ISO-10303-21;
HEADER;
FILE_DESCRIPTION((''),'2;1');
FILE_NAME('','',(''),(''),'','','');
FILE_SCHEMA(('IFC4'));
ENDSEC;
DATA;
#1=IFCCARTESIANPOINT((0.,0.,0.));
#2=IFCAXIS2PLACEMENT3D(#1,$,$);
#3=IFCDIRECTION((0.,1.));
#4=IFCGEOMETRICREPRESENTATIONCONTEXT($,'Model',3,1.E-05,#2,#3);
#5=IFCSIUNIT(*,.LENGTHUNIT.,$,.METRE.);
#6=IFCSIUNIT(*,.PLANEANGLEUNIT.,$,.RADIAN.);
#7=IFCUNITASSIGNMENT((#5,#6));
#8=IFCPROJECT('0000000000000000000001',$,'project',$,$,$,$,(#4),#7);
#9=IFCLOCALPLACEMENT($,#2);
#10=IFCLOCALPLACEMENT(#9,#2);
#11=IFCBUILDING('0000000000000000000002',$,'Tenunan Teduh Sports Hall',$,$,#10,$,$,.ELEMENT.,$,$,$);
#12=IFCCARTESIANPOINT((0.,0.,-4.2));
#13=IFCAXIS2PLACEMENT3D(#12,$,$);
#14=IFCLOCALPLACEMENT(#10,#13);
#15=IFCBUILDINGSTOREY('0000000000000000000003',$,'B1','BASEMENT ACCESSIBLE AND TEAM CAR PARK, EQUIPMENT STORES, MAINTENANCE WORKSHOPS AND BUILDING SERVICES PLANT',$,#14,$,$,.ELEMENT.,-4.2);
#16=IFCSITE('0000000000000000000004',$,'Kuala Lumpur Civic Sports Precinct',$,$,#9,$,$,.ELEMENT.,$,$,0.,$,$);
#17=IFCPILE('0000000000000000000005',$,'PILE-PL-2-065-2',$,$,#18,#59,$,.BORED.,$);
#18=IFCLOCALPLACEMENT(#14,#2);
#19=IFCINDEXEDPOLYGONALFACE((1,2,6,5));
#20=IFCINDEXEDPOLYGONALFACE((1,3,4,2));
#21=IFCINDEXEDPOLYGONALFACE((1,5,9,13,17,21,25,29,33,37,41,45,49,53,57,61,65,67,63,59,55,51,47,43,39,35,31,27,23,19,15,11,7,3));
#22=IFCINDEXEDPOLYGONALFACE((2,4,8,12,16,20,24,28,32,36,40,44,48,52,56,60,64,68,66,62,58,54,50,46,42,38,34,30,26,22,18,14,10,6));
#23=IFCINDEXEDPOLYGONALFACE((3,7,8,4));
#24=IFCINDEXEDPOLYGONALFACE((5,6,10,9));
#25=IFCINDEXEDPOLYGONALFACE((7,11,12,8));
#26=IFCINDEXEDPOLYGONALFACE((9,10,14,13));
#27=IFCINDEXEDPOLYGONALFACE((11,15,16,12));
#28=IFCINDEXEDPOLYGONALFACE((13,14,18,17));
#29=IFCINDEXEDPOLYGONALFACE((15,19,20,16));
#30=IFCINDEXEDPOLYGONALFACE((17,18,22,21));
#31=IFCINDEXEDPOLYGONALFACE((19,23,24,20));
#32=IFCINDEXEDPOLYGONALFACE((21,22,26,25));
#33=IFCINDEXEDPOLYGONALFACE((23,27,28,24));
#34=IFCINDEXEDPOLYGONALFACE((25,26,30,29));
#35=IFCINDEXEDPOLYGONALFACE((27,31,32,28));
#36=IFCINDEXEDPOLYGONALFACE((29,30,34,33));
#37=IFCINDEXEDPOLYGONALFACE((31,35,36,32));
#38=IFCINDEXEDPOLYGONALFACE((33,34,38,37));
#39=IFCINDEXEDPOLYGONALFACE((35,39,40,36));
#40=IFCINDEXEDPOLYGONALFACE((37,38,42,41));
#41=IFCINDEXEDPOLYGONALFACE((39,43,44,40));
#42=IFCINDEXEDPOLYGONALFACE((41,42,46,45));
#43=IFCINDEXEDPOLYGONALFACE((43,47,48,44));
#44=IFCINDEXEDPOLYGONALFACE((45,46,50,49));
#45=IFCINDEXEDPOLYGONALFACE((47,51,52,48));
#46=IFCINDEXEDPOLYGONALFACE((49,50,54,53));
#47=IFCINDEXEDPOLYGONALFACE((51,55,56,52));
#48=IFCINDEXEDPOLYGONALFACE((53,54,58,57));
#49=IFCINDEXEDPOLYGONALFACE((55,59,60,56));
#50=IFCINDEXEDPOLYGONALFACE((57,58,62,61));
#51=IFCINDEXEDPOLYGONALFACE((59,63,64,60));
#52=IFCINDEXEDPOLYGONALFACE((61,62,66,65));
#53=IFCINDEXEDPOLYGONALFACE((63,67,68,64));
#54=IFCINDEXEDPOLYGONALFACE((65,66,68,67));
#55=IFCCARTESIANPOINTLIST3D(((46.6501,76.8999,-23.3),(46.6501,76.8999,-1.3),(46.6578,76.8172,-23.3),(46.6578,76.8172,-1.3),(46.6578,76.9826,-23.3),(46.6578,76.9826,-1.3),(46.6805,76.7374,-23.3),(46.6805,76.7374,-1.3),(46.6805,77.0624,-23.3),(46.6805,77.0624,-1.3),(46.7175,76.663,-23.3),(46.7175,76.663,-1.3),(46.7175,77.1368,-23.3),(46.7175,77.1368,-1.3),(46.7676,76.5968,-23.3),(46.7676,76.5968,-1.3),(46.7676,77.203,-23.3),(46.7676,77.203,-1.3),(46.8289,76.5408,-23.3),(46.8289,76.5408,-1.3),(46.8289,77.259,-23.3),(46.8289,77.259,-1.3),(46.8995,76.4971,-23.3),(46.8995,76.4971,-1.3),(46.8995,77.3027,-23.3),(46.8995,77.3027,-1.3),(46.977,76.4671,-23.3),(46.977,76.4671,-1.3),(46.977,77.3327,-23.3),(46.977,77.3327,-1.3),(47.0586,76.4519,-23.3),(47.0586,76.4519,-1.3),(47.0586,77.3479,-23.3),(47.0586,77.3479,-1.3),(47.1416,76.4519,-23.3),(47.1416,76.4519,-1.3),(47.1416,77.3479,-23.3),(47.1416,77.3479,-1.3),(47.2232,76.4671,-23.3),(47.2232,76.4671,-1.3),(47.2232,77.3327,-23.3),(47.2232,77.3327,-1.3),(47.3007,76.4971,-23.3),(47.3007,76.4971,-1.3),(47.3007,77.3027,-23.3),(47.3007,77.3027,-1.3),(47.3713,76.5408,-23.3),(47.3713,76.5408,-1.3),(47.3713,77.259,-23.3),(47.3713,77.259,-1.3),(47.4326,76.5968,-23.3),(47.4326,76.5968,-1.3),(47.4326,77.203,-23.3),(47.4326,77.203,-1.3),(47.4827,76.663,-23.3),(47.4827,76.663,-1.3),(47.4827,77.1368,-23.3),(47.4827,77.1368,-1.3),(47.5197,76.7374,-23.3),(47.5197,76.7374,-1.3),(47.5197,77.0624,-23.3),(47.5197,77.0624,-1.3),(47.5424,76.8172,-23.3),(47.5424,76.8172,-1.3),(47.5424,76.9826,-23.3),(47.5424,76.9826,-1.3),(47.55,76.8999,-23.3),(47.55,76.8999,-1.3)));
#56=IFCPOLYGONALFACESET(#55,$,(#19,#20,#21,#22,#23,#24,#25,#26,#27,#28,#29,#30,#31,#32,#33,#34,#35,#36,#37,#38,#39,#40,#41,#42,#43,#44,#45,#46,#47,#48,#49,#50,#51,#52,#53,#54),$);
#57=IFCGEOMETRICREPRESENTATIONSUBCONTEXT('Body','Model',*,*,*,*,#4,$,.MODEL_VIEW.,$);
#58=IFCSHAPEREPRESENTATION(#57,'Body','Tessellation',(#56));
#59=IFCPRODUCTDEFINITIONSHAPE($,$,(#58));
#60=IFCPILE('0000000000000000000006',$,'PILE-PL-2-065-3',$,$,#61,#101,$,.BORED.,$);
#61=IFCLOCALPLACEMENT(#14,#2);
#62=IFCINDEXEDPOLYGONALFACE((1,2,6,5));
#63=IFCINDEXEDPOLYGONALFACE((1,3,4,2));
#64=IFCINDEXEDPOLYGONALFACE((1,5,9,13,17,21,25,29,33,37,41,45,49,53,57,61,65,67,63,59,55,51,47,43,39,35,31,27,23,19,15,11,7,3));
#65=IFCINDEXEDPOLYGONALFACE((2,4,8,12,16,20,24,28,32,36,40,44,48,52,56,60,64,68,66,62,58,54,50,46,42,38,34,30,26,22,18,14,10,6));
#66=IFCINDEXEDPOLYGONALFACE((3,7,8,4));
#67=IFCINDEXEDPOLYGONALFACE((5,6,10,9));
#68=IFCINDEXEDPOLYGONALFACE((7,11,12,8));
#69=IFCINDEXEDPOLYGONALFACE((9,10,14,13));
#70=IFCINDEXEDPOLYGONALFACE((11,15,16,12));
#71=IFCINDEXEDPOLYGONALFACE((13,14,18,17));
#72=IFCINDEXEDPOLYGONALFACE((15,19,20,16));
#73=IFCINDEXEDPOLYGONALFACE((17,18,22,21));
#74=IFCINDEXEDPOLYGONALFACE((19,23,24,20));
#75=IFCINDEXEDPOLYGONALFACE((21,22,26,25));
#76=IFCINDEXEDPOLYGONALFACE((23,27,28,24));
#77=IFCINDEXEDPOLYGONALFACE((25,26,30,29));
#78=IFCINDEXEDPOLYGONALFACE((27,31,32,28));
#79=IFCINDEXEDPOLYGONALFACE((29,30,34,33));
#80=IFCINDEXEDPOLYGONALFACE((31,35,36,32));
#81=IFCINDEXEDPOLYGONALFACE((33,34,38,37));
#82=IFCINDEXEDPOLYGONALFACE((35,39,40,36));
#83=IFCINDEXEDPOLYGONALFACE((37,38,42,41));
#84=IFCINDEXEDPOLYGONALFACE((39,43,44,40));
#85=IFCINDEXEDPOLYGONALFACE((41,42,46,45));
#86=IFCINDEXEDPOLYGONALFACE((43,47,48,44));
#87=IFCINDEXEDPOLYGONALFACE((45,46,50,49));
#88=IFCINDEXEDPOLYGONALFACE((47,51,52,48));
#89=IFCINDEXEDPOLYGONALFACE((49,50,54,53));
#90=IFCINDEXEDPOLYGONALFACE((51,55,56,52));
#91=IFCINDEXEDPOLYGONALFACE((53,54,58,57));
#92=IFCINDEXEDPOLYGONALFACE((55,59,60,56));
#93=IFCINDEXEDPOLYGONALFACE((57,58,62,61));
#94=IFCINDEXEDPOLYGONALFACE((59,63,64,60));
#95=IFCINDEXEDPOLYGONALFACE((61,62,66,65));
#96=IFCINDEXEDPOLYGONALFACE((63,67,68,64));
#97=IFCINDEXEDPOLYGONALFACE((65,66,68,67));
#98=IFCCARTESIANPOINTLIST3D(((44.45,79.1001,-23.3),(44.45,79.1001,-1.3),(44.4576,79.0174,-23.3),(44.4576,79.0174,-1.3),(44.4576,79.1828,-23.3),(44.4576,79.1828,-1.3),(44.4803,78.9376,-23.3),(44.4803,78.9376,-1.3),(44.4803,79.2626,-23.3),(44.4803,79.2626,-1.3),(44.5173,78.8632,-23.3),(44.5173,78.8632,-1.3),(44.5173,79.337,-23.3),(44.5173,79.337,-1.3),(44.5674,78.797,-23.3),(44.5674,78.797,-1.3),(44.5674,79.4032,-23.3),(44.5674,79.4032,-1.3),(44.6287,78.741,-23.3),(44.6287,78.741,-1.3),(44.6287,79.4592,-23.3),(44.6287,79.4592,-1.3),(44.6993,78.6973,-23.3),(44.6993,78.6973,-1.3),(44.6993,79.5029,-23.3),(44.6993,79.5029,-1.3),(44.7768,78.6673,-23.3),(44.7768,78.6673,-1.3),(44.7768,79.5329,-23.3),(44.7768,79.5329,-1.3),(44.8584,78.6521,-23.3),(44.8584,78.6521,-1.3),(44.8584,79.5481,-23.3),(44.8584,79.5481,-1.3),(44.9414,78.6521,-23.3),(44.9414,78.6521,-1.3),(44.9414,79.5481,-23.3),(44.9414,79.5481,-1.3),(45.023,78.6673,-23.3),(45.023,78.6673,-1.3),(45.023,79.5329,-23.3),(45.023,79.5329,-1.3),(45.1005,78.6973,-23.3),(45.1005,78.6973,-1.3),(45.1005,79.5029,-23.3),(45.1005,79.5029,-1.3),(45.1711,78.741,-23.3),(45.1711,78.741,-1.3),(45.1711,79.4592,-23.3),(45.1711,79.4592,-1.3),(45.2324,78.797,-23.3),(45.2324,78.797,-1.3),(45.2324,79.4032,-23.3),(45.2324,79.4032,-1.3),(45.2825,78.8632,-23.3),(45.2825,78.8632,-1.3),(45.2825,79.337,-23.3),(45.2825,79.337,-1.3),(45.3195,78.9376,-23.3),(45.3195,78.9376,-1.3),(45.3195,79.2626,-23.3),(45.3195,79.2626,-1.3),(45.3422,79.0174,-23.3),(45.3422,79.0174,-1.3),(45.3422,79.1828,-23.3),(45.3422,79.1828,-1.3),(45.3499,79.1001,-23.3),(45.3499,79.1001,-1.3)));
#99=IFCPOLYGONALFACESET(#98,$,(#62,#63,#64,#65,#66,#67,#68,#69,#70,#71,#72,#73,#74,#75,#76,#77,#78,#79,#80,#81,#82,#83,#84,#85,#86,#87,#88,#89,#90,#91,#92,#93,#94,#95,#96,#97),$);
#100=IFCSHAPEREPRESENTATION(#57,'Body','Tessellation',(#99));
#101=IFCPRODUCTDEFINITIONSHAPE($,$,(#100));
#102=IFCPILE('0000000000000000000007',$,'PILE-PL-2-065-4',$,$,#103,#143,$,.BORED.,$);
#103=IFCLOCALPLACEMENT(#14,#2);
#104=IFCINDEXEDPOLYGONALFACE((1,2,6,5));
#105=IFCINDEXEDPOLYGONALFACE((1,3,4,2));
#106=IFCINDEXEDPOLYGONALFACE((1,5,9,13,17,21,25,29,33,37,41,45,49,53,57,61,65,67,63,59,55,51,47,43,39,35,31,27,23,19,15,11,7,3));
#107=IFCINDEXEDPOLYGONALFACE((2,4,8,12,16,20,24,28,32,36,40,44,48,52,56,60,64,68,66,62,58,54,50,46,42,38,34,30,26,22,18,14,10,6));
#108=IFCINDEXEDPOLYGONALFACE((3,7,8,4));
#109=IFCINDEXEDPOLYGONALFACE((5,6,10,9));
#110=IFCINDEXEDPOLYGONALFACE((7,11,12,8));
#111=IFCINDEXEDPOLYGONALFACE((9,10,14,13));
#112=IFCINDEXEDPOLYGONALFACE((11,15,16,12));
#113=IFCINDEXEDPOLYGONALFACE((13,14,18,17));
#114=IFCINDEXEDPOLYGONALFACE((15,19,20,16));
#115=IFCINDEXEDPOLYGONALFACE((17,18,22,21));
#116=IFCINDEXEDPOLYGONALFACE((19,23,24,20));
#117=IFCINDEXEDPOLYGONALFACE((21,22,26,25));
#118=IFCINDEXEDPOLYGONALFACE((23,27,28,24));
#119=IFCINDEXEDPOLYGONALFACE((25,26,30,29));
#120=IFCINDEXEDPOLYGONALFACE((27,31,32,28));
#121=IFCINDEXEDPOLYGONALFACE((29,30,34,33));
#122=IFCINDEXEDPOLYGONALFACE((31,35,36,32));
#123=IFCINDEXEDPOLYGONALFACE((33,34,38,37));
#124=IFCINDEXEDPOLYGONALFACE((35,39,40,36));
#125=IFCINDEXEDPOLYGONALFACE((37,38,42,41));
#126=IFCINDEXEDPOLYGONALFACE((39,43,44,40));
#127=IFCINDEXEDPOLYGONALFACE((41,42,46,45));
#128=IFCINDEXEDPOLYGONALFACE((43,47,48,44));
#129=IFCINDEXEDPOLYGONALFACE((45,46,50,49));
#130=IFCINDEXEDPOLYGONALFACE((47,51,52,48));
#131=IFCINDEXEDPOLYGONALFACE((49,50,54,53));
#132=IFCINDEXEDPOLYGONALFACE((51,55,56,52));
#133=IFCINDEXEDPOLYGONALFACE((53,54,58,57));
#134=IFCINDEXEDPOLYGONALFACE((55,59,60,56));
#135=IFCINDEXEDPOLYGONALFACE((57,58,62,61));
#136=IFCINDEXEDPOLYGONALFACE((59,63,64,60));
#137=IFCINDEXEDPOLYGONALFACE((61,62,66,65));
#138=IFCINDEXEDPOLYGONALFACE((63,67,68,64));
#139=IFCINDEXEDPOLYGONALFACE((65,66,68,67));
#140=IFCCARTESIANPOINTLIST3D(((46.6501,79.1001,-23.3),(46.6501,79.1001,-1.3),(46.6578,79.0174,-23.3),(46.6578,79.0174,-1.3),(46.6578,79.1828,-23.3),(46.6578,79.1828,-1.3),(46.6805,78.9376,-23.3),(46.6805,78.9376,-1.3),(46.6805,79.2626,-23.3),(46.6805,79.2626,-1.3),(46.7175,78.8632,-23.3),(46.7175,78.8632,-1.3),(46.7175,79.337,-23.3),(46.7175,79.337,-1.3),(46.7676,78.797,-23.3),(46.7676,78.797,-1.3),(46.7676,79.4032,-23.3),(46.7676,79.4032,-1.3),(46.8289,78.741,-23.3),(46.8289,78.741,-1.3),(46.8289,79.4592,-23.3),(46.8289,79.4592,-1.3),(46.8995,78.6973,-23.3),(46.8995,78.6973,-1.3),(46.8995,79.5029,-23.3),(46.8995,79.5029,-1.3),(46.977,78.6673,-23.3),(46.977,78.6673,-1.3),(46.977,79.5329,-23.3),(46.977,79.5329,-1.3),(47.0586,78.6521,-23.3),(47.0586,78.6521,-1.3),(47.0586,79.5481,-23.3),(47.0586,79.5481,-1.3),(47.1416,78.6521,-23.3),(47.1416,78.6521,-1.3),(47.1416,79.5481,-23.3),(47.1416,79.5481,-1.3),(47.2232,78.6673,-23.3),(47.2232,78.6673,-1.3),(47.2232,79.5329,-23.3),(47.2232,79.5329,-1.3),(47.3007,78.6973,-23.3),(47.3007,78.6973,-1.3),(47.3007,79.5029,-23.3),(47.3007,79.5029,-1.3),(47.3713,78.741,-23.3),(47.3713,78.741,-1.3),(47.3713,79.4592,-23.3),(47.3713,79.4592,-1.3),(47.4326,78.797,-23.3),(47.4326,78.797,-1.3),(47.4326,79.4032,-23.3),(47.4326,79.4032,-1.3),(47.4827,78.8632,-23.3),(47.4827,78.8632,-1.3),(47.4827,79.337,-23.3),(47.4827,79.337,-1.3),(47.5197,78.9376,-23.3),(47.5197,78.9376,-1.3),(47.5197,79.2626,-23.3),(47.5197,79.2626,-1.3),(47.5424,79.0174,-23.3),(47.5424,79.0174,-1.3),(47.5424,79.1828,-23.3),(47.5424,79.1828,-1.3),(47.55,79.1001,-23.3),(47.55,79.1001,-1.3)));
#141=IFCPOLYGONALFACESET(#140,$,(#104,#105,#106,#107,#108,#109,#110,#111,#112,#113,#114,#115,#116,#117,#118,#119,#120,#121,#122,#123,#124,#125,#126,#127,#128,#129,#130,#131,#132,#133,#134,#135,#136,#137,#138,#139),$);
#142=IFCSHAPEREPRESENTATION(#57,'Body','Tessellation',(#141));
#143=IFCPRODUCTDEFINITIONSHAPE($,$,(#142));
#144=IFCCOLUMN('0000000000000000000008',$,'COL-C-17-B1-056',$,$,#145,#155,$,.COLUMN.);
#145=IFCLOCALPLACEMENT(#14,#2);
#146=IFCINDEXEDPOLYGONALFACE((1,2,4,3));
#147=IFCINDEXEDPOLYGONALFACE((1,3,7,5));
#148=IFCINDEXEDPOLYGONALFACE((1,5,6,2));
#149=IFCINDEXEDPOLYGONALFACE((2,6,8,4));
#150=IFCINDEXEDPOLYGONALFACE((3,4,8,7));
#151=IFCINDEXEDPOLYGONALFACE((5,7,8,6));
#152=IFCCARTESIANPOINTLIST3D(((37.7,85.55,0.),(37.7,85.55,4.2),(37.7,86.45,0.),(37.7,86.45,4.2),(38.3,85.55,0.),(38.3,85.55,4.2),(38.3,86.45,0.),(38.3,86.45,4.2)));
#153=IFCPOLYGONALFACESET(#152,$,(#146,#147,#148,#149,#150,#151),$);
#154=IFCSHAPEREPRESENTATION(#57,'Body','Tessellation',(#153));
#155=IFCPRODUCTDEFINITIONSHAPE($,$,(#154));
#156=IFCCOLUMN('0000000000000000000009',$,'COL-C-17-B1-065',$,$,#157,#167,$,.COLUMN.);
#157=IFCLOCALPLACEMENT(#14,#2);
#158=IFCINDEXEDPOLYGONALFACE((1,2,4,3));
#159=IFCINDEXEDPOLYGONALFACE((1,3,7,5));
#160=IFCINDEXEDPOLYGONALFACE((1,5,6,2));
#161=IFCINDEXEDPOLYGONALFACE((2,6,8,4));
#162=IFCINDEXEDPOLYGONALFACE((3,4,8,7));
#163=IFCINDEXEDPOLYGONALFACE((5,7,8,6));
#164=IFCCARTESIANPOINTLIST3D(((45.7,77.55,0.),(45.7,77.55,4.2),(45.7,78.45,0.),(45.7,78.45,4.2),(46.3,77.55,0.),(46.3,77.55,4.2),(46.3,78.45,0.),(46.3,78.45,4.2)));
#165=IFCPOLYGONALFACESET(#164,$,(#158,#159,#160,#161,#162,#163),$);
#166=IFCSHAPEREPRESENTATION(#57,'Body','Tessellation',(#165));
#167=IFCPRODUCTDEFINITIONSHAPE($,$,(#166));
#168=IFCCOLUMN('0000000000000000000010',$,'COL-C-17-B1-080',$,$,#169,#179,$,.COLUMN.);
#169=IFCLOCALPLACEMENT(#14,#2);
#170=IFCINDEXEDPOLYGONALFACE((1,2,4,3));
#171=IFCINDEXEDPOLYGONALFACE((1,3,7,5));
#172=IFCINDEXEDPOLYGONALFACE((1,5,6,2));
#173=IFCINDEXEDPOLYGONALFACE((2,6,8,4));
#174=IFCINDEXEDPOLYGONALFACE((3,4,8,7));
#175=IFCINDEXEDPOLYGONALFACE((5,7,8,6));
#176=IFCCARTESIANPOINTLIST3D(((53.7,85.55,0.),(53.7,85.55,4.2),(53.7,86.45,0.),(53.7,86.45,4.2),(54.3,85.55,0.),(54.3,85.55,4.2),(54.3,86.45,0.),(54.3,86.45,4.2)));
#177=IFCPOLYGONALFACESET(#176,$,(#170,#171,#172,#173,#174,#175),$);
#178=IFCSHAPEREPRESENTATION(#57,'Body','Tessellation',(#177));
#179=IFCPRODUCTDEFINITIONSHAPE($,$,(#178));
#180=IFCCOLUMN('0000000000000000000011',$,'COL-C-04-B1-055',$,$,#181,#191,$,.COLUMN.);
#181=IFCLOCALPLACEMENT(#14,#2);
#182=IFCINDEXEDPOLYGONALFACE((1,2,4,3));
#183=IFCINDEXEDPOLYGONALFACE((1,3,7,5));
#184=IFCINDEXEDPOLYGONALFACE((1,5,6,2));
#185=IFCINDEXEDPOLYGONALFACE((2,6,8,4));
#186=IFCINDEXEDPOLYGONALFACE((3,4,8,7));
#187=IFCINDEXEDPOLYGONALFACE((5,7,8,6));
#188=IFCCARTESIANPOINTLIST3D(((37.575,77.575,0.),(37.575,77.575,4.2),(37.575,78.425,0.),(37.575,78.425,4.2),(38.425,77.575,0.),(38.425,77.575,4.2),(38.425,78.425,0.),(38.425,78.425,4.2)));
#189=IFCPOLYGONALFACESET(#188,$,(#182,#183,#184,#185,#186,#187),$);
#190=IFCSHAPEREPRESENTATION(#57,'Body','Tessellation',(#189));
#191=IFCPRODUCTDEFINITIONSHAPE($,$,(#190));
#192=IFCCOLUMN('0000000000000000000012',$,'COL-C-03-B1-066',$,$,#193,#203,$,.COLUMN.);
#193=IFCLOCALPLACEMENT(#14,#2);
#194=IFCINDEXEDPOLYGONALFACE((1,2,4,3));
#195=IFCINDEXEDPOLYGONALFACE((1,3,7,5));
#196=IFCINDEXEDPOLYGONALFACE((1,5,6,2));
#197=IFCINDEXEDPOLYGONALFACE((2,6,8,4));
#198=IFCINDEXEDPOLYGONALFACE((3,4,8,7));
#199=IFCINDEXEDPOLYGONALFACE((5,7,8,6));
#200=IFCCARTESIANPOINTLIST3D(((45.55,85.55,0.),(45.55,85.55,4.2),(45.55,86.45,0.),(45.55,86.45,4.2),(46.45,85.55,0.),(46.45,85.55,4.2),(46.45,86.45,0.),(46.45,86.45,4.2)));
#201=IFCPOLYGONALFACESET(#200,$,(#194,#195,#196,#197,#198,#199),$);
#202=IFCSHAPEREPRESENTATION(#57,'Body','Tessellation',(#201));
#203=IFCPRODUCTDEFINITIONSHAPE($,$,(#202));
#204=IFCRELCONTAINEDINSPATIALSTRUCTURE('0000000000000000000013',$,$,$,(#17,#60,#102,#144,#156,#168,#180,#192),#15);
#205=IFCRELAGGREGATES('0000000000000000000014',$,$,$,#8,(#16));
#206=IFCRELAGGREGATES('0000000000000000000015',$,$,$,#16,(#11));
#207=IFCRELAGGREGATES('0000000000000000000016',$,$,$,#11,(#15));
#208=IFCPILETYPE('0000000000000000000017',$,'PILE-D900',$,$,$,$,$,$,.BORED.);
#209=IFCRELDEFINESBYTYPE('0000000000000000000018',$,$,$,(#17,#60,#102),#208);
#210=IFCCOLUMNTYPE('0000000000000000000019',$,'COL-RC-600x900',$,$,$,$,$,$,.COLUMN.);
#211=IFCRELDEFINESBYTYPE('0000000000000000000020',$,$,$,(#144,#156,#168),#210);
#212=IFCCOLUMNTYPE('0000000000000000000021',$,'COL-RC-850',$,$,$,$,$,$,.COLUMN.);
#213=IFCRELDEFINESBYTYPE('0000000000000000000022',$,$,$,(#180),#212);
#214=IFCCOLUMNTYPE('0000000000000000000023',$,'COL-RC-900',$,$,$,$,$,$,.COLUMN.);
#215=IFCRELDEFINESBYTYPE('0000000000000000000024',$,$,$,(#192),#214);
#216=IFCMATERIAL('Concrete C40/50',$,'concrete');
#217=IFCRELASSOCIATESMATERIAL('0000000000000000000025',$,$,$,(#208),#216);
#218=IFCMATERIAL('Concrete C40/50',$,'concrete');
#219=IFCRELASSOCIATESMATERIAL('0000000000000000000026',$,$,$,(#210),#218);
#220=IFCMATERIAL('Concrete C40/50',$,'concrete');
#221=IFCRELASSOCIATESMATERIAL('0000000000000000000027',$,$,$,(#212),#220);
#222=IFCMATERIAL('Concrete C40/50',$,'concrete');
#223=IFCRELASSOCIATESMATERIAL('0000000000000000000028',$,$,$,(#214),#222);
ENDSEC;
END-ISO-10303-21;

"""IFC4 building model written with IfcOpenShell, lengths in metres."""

from ifc_helpers import new_model, si_unit, direction, frame, origin, origin_2d, place, context, subcontext, project, spatial, rectangle, circle, extrude, material, material_profile, profile_set, type_object, element, save


model = new_model("IFC4")

# Units and contexts
model_context = context("Model", 3, precision=1e-05, world=origin(), true_north=direction((0.0, 1.0)))
body_context = subcontext(model_context, "Body", "Model", "MODEL_VIEW")
ifc_project = project(units=[si_unit("LENGTHUNIT", "METRE"), si_unit("PLANEANGLEUNIT", "RADIAN")], contexts=[model_context])

# Site, building, storey
site_placement = place(None, origin())
site = spatial("IfcSite", under=ifc_project, at=site_placement, Name="Kuala Lumpur Civic Sports Precinct", CompositionType="ELEMENT", RefElevation=0.0)
building_placement = place(site_placement, origin())
building = spatial("IfcBuilding", under=site, at=building_placement, Name="Tenunan Teduh Sports Hall", CompositionType="ELEMENT")
storey_placement = place(building_placement, frame((0.0, 0.0, -4.2)))
storey = spatial("IfcBuildingStorey", under=building, at=storey_placement, Name="B1", Description="BASEMENT ACCESSIBLE AND TEAM CAR PARK, EQUIPMENT STORES, MAINTENANCE WORKSHOPS AND BUILDING SERVICES PLANT", CompositionType="ELEMENT", Elevation=-4.2)

# Piles
ifc_material_1 = material(Name="Concrete C40/50", Category="concrete")
ifc_material_profile_1 = material_profile(ifc_material_1, circle(Radius=0.45, at=origin_2d()), Name="PILE D900")
ifc_profile_set_1 = profile_set([ifc_material_profile_1], Name="Concrete C40/50")
pile_type_1 = type_object("IfcPileType", Name="PILE-D900", PredefinedType="BORED", material=ifc_profile_set_1)
for number, where, z_axis, x_axis, name in (
    (1, (47.1001, 76.8999, -1.3), (0.0, 0.0, -1.0), (1.0, 0.0, 0.0), "PILE-PL-2-065-2"),
    (2, (44.8999, 79.1001, -1.3), (0.0, 0.0, -1.0), (1.0, 0.0, 0.0), "PILE-PL-2-065-3"),
    (3, (47.1001, 79.1001, -1.3), (0.0, 0.0, -1.0), (1.0, 0.0, 0.0), "PILE-PL-2-065-4"),
):
    element("IfcPile", number, at=place(storey_placement, frame(where, z_axis=z_axis, x_axis=x_axis)), inside=storey, type_object=pile_type_1, Name=name, PredefinedType="BORED", context=body_context, shape_type="SweptSolid", body=[
        extrude(circle(Radius=0.45, at=origin_2d()), origin(), (0.0, 0.0, 1.0), 22.0),
    ])

# Columns
ifc_material_2 = material(Name="Concrete C40/50", Category="concrete")
ifc_material_profile_2 = material_profile(ifc_material_2, rectangle(XDim=0.6001, YDim=0.8999, at=origin_2d()), Name="RC 600x900")
ifc_profile_set_2 = profile_set([ifc_material_profile_2], Name="Concrete C40/50")
column_type_1 = type_object("IfcColumnType", Name="COL-RC-600x900", PredefinedType="COLUMN", material=ifc_profile_set_2)
for number, where, z_axis, x_axis, name in (
    (4, (38.0, 86.0, 0.0), (0.0, 0.0, 1.0), (1.0, 0.0, 0.0), "COL-C-17-B1-056"),
    (5, (46.0, 78.0, 0.0), (0.0, 0.0, 1.0), (1.0, 0.0, 0.0), "COL-C-17-B1-065"),
    (6, (54.0, 86.0, 0.0), (0.0, 0.0, 1.0), (1.0, 0.0, 0.0), "COL-C-17-B1-080"),
):
    element("IfcColumn", number, at=place(storey_placement, frame(where, z_axis=z_axis, x_axis=x_axis)), inside=storey, type_object=column_type_1, Name=name, PredefinedType="COLUMN", context=body_context, shape_type="SweptSolid", body=[
        extrude(rectangle(XDim=0.6001, YDim=0.8999, at=origin_2d()), origin(), (0.0, 0.0, 1.0), 4.2),
    ])
ifc_material_3 = material(Name="Concrete C40/50", Category="concrete")
ifc_material_profile_3 = material_profile(ifc_material_3, rectangle(XDim=0.8501, YDim=0.8501, at=origin_2d()), Name="RC 850x850")
ifc_profile_set_3 = profile_set([ifc_material_profile_3], Name="Concrete C40/50")
column_type_2 = type_object("IfcColumnType", Name="COL-RC-850", PredefinedType="COLUMN", material=ifc_profile_set_3)
column_1_placement = place(storey_placement, frame((38.0, 78.0, 0.0), z_axis=(0.0, 0.0, 1.0), x_axis=(1.0, 0.0, 0.0)))
element("IfcColumn", 7, at=column_1_placement, inside=storey, type_object=column_type_2, Name="COL-C-04-B1-055", PredefinedType="COLUMN", context=body_context, shape_type="SweptSolid", body=[
    extrude(rectangle(XDim=0.8501, YDim=0.8501, at=origin_2d()), origin(), (0.0, 0.0, 1.0), 4.2),
])
ifc_material_4 = material(Name="Concrete C40/50", Category="concrete")
ifc_material_profile_4 = material_profile(ifc_material_4, rectangle(XDim=0.8999, YDim=0.8999, at=origin_2d()), Name="RC 900x900")
ifc_profile_set_4 = profile_set([ifc_material_profile_4], Name="Concrete C40/50")
column_type_3 = type_object("IfcColumnType", Name="COL-RC-900", PredefinedType="COLUMN", material=ifc_profile_set_4)
column_2_placement = place(storey_placement, frame((46.0, 86.0, 0.0), z_axis=(0.0, 0.0, 1.0), x_axis=(1.0, 0.0, 0.0)))
element("IfcColumn", 8, at=column_2_placement, inside=storey, type_object=column_type_3, Name="COL-C-03-B1-066", PredefinedType="COLUMN", context=body_context, shape_type="SweptSolid", body=[
    extrude(rectangle(XDim=0.8999, YDim=0.8999, at=origin_2d()), origin(), (0.0, 0.0, 1.0), 4.2),
])

save(model, "model.ifc")
